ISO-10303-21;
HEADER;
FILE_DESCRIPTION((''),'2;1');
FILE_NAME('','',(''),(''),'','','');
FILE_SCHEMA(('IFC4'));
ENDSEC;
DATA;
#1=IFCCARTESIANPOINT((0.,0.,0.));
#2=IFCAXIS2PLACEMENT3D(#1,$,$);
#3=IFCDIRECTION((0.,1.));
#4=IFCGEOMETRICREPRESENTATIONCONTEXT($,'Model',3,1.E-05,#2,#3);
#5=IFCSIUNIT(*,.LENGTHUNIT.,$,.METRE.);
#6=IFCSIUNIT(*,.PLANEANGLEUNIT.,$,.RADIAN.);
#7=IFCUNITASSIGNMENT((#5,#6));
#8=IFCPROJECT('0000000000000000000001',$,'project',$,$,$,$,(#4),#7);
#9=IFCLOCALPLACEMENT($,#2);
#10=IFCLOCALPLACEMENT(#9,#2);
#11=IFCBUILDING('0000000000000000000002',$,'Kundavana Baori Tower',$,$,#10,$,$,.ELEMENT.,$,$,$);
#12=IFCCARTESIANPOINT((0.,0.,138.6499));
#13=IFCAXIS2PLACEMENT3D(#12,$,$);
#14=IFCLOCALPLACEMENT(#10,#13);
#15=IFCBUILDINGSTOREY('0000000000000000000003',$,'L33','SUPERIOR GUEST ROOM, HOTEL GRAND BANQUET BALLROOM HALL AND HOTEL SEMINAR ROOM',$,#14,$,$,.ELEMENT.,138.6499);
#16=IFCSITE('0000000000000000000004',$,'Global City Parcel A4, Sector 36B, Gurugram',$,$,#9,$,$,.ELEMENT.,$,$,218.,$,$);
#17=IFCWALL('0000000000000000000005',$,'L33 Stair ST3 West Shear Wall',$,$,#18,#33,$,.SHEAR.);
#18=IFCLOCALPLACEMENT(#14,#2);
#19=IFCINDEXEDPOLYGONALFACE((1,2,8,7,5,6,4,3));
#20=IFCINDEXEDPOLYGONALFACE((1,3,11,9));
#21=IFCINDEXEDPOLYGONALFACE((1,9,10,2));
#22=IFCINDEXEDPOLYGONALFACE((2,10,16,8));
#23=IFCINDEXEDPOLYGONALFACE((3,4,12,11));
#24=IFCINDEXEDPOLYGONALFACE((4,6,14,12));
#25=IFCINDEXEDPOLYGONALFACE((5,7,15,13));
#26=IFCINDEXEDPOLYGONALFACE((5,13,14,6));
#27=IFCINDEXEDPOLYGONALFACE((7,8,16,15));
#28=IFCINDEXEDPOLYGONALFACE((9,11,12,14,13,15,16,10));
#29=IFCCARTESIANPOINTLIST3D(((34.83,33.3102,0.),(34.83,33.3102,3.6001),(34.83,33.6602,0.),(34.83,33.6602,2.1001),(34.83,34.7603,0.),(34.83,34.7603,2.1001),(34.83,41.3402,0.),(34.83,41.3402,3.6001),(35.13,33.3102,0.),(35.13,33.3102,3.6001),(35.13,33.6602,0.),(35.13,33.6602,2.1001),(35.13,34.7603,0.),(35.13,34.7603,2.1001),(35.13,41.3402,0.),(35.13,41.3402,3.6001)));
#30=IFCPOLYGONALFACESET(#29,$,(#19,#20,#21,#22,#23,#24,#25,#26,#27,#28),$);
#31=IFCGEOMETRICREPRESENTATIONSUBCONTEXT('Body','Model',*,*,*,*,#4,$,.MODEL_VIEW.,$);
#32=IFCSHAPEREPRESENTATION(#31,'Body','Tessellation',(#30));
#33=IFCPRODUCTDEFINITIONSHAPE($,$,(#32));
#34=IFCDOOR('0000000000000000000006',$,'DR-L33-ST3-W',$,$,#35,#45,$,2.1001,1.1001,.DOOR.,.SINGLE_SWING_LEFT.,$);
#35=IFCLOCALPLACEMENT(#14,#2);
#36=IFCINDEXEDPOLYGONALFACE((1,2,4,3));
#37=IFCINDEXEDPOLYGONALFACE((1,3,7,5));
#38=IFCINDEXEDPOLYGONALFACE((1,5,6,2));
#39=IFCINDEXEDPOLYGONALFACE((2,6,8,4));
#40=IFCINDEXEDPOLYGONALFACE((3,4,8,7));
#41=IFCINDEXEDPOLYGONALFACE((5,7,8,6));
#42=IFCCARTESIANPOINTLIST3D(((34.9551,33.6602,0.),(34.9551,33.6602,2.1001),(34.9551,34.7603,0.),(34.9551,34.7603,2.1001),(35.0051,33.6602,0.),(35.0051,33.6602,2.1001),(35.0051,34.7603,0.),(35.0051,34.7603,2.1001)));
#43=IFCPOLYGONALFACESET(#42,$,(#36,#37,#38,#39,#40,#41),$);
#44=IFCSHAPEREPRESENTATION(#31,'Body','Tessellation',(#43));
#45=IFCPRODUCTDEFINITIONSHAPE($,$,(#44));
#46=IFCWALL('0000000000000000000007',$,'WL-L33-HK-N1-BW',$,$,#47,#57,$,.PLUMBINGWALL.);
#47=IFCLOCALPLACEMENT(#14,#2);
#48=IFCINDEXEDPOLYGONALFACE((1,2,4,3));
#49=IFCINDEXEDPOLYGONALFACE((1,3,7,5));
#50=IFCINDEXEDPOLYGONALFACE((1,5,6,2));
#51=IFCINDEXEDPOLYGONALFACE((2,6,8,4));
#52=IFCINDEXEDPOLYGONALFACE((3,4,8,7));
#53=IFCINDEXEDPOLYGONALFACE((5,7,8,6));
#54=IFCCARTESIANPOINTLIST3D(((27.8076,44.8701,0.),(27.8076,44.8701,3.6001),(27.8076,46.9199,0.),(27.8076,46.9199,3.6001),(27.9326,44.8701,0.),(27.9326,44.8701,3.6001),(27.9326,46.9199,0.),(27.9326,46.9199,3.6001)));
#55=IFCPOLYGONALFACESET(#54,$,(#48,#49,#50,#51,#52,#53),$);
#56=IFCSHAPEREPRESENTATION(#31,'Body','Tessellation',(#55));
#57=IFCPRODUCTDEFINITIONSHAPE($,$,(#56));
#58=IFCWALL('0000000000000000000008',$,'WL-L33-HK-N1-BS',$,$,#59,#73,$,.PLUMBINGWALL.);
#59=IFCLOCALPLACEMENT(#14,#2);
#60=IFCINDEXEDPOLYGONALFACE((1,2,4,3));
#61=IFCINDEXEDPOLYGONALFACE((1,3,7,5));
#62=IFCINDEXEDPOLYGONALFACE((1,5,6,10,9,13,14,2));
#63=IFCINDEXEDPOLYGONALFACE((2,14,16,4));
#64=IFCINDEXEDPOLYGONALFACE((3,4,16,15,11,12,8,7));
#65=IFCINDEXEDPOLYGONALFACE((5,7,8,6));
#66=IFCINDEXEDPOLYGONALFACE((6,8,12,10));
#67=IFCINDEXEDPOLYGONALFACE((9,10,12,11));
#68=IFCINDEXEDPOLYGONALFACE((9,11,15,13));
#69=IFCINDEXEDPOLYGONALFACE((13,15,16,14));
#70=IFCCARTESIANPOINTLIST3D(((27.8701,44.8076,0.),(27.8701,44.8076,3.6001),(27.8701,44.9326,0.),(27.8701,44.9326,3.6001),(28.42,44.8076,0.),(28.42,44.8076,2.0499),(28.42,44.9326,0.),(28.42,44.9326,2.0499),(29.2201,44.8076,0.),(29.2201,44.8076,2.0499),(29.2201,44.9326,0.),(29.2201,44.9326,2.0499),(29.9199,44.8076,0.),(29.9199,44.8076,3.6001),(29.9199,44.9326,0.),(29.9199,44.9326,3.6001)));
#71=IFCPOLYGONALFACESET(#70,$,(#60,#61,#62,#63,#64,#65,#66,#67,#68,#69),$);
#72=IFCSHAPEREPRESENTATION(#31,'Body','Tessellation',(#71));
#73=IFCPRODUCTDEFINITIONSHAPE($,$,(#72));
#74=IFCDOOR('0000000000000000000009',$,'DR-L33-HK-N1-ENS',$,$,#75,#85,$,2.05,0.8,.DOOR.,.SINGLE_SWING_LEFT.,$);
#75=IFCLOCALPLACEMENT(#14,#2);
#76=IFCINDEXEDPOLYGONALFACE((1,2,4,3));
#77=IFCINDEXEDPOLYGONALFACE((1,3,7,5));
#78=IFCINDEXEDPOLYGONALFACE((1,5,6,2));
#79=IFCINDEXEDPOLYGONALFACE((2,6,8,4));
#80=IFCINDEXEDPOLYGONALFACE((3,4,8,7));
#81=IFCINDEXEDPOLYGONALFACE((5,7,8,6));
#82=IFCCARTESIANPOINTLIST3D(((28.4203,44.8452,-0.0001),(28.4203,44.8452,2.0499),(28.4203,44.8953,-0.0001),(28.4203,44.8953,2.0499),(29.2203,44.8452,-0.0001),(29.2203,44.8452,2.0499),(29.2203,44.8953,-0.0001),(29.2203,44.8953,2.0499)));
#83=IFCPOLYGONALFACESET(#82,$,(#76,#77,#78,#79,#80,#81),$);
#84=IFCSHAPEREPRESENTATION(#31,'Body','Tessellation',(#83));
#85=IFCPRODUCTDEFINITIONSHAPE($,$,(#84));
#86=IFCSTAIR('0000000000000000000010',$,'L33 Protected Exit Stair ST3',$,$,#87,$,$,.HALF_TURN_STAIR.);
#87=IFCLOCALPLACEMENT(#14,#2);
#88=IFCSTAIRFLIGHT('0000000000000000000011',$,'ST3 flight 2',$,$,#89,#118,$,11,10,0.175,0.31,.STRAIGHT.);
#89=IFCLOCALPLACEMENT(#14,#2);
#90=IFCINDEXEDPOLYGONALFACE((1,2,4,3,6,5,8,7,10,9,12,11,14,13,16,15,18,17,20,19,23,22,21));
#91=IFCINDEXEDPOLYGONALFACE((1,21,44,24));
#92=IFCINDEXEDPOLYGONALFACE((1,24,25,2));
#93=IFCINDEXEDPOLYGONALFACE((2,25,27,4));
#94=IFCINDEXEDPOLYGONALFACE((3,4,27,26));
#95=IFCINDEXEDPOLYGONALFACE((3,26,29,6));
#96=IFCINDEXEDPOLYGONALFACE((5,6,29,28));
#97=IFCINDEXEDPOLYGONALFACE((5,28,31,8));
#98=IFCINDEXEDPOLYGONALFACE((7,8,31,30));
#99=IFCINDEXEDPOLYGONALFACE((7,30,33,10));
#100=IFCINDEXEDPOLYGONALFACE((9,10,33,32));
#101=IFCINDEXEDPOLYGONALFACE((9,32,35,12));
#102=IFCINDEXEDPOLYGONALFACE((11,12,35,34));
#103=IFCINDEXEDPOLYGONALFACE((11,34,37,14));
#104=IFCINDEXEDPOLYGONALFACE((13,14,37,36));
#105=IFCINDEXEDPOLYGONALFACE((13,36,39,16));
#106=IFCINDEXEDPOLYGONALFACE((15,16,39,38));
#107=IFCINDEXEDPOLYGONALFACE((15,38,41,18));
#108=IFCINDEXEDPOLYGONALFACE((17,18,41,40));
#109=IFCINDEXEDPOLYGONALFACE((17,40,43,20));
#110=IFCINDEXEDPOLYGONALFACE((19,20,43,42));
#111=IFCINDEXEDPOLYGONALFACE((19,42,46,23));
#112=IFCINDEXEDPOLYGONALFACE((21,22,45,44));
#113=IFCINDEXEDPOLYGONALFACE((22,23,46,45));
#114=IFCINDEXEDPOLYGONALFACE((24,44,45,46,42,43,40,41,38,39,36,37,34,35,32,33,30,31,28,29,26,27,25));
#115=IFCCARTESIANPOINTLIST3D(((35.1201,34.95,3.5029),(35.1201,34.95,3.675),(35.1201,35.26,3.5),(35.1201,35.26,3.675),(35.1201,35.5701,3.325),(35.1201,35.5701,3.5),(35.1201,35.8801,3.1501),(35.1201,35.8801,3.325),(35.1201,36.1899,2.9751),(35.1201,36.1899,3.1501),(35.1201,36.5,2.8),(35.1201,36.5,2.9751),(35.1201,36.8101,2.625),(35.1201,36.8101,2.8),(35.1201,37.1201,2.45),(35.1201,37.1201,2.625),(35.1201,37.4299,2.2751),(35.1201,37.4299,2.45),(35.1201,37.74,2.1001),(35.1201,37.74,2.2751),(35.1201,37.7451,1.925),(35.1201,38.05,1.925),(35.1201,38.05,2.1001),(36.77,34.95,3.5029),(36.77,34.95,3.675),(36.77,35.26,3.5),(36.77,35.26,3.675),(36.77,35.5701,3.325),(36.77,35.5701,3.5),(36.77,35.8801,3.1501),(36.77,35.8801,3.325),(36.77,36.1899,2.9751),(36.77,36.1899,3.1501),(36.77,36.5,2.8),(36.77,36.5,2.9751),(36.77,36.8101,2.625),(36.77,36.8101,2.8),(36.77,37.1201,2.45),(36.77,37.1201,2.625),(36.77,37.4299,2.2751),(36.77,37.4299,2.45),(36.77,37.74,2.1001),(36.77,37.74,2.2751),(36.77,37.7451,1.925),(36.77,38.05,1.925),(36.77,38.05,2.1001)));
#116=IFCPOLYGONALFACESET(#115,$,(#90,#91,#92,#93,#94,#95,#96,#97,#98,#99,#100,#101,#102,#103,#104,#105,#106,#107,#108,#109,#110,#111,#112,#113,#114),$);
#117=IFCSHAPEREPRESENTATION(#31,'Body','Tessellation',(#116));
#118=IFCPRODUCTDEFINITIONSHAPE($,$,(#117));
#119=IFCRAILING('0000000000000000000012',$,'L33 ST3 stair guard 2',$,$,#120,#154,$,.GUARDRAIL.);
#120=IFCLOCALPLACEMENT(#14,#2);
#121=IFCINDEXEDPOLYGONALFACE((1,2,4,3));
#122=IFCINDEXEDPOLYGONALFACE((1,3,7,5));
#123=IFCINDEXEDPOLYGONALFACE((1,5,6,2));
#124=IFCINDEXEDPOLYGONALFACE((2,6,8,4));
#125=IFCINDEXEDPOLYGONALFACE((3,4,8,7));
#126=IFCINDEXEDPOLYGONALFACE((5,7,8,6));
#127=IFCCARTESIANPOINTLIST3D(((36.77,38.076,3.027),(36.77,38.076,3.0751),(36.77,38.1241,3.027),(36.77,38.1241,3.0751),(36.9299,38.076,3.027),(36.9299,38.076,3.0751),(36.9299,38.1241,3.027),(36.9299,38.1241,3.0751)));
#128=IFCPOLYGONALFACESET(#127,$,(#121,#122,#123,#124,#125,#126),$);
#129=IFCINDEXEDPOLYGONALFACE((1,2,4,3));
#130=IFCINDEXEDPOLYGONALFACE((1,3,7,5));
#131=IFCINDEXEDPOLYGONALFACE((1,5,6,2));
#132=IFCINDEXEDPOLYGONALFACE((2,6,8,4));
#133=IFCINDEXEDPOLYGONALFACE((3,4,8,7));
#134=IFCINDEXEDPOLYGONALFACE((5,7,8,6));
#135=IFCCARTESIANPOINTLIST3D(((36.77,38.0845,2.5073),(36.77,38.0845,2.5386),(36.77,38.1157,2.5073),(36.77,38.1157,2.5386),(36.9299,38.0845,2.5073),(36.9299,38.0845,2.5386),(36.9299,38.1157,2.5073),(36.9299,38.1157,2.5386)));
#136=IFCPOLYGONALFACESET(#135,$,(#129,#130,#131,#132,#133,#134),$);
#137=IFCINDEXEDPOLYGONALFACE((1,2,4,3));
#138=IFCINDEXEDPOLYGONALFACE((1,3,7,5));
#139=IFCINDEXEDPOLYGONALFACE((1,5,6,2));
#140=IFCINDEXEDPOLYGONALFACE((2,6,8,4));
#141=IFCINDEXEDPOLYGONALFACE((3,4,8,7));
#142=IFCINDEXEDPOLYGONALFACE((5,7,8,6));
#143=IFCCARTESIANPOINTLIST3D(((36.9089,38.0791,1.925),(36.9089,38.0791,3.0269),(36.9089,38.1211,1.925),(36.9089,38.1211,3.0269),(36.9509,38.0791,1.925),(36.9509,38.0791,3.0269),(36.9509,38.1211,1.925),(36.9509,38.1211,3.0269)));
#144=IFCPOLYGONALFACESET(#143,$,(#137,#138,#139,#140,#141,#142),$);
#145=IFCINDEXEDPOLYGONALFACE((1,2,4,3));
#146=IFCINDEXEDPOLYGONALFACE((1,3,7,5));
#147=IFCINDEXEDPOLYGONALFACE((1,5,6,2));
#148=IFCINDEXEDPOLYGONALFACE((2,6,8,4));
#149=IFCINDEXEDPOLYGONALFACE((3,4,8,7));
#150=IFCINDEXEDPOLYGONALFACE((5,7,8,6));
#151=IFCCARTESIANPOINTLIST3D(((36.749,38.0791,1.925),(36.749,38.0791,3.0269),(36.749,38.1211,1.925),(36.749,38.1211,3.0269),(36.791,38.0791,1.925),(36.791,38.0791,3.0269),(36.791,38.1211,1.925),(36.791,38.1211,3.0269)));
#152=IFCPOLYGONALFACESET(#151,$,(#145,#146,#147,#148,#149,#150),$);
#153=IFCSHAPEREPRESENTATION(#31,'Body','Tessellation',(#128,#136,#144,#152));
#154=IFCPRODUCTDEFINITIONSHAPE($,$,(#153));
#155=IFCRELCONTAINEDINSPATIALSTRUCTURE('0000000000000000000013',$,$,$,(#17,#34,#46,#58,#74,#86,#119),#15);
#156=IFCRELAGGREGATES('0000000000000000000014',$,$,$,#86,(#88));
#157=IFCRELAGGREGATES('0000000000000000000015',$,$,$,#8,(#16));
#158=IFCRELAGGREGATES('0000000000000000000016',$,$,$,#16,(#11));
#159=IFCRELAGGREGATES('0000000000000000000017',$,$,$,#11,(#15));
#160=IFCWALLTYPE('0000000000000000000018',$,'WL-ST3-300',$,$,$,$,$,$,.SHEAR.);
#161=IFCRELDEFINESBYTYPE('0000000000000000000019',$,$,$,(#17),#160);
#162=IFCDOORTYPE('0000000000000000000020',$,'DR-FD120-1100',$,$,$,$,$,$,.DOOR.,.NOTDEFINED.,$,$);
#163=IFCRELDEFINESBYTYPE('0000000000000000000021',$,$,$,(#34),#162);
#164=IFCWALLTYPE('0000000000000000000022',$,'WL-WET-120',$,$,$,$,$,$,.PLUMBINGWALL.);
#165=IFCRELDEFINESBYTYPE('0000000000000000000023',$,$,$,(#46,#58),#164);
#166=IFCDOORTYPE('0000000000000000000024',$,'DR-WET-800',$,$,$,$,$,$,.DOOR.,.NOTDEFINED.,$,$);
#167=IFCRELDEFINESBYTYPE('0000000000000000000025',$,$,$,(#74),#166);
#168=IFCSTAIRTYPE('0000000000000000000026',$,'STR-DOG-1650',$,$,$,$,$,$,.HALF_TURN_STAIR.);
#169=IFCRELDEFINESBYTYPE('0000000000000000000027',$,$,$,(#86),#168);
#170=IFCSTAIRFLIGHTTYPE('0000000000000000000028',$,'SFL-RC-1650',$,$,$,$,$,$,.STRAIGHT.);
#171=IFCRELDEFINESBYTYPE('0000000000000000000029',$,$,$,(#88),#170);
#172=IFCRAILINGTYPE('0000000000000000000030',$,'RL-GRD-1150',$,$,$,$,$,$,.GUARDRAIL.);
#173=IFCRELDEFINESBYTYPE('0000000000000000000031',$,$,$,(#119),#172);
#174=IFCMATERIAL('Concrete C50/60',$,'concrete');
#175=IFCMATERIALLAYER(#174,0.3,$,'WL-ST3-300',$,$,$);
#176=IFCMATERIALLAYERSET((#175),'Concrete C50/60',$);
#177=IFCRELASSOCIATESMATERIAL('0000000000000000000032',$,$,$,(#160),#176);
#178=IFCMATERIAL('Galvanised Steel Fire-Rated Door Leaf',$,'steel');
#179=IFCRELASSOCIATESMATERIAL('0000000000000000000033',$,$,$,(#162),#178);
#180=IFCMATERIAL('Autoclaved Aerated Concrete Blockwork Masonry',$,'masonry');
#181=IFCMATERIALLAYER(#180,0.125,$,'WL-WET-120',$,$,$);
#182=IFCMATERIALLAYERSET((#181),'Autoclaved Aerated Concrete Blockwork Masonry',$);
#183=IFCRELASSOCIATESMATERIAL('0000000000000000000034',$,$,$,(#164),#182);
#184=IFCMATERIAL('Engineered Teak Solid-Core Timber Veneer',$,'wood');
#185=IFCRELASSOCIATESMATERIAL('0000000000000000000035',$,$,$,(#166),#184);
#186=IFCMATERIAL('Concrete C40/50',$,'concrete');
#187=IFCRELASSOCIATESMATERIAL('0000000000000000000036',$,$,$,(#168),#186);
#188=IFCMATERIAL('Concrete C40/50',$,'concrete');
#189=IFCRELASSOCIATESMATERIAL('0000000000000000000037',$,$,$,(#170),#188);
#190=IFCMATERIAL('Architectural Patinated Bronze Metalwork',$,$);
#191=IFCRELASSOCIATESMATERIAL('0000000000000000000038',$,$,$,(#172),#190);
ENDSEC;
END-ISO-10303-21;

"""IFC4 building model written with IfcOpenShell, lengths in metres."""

from ifc_helpers import new_model, si_unit, direction, frame, frame_2d, origin, origin_2d, place, context, subcontext, project, spatial, polyline, rectangle, outline, extrude, material, layer, layer_set, type_object, element, fill, aggregate, save


model = new_model("IFC4")

# Units and contexts
model_context = context("Model", 3, precision=1e-05, world=origin(), true_north=direction((0.0, 1.0)))
body_context = subcontext(model_context, "Body", "Model", "MODEL_VIEW")
ifc_project = project(units=[si_unit("LENGTHUNIT", "METRE"), si_unit("PLANEANGLEUNIT", "RADIAN")], contexts=[model_context])

# Site, building, storey
site_placement = place(None, origin())
site = spatial("IfcSite", under=ifc_project, at=site_placement, Name="Global City Parcel A4, Sector 36B, Gurugram", CompositionType="ELEMENT", RefElevation=218.0)
building_placement = place(site_placement, origin())
building = spatial("IfcBuilding", under=site, at=building_placement, Name="Kundavana Baori Tower", CompositionType="ELEMENT")
storey_placement = place(building_placement, frame((0.0, 0.0, 138.6499)))
storey = spatial("IfcBuildingStorey", under=building, at=storey_placement, Name="L33", Description="SUPERIOR GUEST ROOM, HOTEL GRAND BANQUET BALLROOM HALL AND HOTEL SEMINAR ROOM", CompositionType="ELEMENT", Elevation=138.6499)

# Shared definitions
ifc_material_1 = material(Name="Concrete C50/60", Category="concrete")
ifc_layer_1 = layer(ifc_material_1, 0.3, Name="WL-ST3-300")
ifc_layer_set_1 = layer_set([ifc_layer_1], Name="Concrete C50/60")
wall_type_1 = type_object("IfcWallType", Name="WL-ST3-300", PredefinedType="SHEAR", material=ifc_layer_set_1)

# Wall, opening, door
wall_1_placement = place(storey_placement, frame((34.98, 33.3101, 0.0), z_axis=(0.0, 0.0, 1.0), x_axis=(0.0, 1.0, 0.0)))
wall_1 = element("IfcWall", 1, at=wall_1_placement, inside=storey, type_object=wall_type_1, Name="L33 Stair ST3 West Shear Wall", PredefinedType="SHEAR", context=body_context, shape_type="SweptSolid", body=[
    extrude(rectangle(XDim=8.03, YDim=0.3, at=frame_2d((4.0151, 0.0))), origin(), (0.0, 0.0, 1.0), 3.6001),
])
opening_1_placement = place(wall_1_placement, frame((0.3501, 0.0, 0.0)))
opening_1 = element("IfcOpeningElement", 2, at=opening_1_placement, cuts=wall_1, PredefinedType="OPENING", context=body_context, shape_type="SweptSolid", body=[
    extrude(rectangle(XDim=1.1001, YDim=2.1001, at=frame_2d((0.55, 1.05))), frame((0.0, 0.1602, 0.0), z_axis=(0.0, -1.0, 0.0), x_axis=(1.0, 0.0, 0.0)), (0.0, 0.0, 1.0), 0.3201),
])
ifc_material_2 = material(Name="Galvanised Steel Fire-Rated Door Leaf", Category="steel")
door_type_1 = type_object("IfcDoorType", Name="DR-FD120-1100", OperationType="NOTDEFINED", PredefinedType="DOOR", material=ifc_material_2)
door_1_placement = place(opening_1_placement, origin())
door_1 = element("IfcDoor", 3, at=door_1_placement, inside=storey, type_object=door_type_1, Name="DR-L33-ST3-W", OperationType="SINGLE_SWING_LEFT", OverallHeight=2.1001, OverallWidth=1.1001, PredefinedType="DOOR", context=body_context, shape_type="SweptSolid", body=[
    extrude(rectangle(XDim=1.1001, YDim=2.1001, at=frame_2d((0.55, 1.05))), frame((0.0, 0.0249, 0.0), z_axis=(0.0, -1.0, 0.0), x_axis=(1.0, 0.0, 0.0)), (0.0, 0.0, 1.0), 0.05),
])
fill(opening_1, door_1)

# Wall
ifc_material_3 = material(Name="Autoclaved Aerated Concrete Blockwork Masonry", Category="masonry")
ifc_layer_2 = layer(ifc_material_3, 0.125, Name="WL-WET-120")
ifc_layer_set_2 = layer_set([ifc_layer_2], Name="Autoclaved Aerated Concrete Blockwork Masonry")
wall_type_2 = type_object("IfcWallType", Name="WL-WET-120", PredefinedType="PLUMBINGWALL", material=ifc_layer_set_2)
wall_2_placement = place(storey_placement, frame((27.8701, 44.8701, 0.0), z_axis=(0.0, 0.0, 1.0), x_axis=(0.0, 1.0, 0.0)))
element("IfcWall", 4, at=wall_2_placement, inside=storey, type_object=wall_type_2, Name="WL-L33-HK-N1-BW", PredefinedType="PLUMBINGWALL", context=body_context, shape_type="SweptSolid", body=[
    extrude(rectangle(XDim=2.0498, YDim=0.125, at=frame_2d((1.0249, 0.0))), origin(), (0.0, 0.0, 1.0), 3.6001),
])

# Wall, opening, door
wall_3_placement = place(storey_placement, frame((27.8701, 44.8701, 0.0), z_axis=(0.0, 0.0, 1.0), x_axis=(1.0, 0.0, 0.0)))
wall_3 = element("IfcWall", 5, at=wall_3_placement, inside=storey, type_object=wall_type_2, Name="WL-L33-HK-N1-BS", PredefinedType="PLUMBINGWALL", context=body_context, shape_type="SweptSolid", body=[
    extrude(rectangle(XDim=2.0498, YDim=0.125, at=frame_2d((1.0249, 0.0))), origin(), (0.0, 0.0, 1.0), 3.6001),
])
opening_2_placement = place(wall_3_placement, frame((0.55, 0.0, 0.0)))
opening_2 = element("IfcOpeningElement", 6, at=opening_2_placement, cuts=wall_3, PredefinedType="OPENING", context=body_context, shape_type="SweptSolid", body=[
    extrude(rectangle(XDim=0.8, YDim=2.05, at=frame_2d((0.3999, 1.0249))), frame((0.0, 0.0725, 0.0), z_axis=(0.0, -1.0, 0.0), x_axis=(1.0, 0.0, 0.0)), (0.0, 0.0, 1.0), 0.145),
])
ifc_material_4 = material(Name="Engineered Teak Solid-Core Timber Veneer", Category="wood")
door_type_2 = type_object("IfcDoorType", Name="DR-WET-800", OperationType="NOTDEFINED", PredefinedType="DOOR", material=ifc_material_4)
door_2_placement = place(opening_2_placement, frame((0.8, 0.0, 0.0), z_axis=(0.0, 0.0, 1.0), x_axis=(-1.0, 0.0, 0.0)))
door_2 = element("IfcDoor", 7, at=door_2_placement, inside=storey, type_object=door_type_2, Name="DR-L33-HK-N1-ENS", OperationType="SINGLE_SWING_LEFT", OverallHeight=2.05, OverallWidth=0.8, PredefinedType="DOOR", context=body_context, shape_type="SweptSolid", body=[
    extrude(rectangle(XDim=0.8, YDim=2.05, at=frame_2d((0.3999, 1.0249))), frame((0.0, 0.0249, 0.0), z_axis=(0.0, -1.0, 0.0), x_axis=(1.0, 0.0, 0.0)), (0.0, 0.0, 1.0), 0.05),
])
fill(opening_2, door_2)

# Stair, stair flight
ifc_material_5 = material(Name="Concrete C40/50", Category="concrete")
stair_type = type_object("IfcStairType", Name="STR-DOG-1650", PredefinedType="HALF_TURN_STAIR", material=ifc_material_5)
stair_placement = place(storey_placement, origin())
stair = element("IfcStair", 8, at=stair_placement, inside=storey, type_object=stair_type, Name="L33 Protected Exit Stair ST3", PredefinedType="HALF_TURN_STAIR")
ifc_material_6 = material(Name="Concrete C40/50", Category="concrete")
stair_flight_type = type_object("IfcStairFlightType", Name="SFL-RC-1650", PredefinedType="STRAIGHT", material=ifc_material_6)
stair_flight_placement = place(storey_placement, frame((35.9451, 38.05, 1.925), z_axis=(0.0, 0.0, 1.0), x_axis=(0.0, -1.0, 0.0)))
stair_flight = element("IfcStairFlight", 9, at=stair_flight_placement, type_object=stair_flight_type, Name="ST3 flight 2", NumberOfRisers=11, NumberOfTreads=10, PredefinedType="STRAIGHT", RiserHeight=0.175, TreadLength=0.31, context=body_context, shape_type="SweptSolid", body=[
    extrude(outline(polyline([(0.0, 0.0), (0.0, 0.175), (0.3101, 0.175), (0.3101, 0.3501), (0.6201, 0.3501), (0.6201, 0.5249), (0.9299, 0.5249), (0.9299, 0.7), (1.24, 0.7), (1.24, 0.875), (1.55, 0.875), (1.55, 1.05), (1.8601, 1.05), (1.8601, 1.2251), (2.1699, 1.2251), (2.1699, 1.3999), (2.48, 1.3999), (2.48, 1.575), (2.79, 1.575), (2.79, 1.75), (3.1001, 1.75), (3.1001, 1.925), (3.1001, 1.5779), (0.3049, 0.0), (0.0, 0.0)])), frame((0.0, 0.825, 0.0), z_axis=(0.0, -1.0, 0.0), x_axis=(1.0, 0.0, 0.0)), (0.0, 0.0, 1.0), 1.6499),
])
aggregate(stair, [stair_flight])

# Railing
ifc_material_7 = material(Name="Architectural Patinated Bronze Metalwork")
railing_type_1 = type_object("IfcRailingType", Name="RL-GRD-1150", PredefinedType="GUARDRAIL", material=ifc_material_7)
railing_1_placement = place(storey_placement, frame((36.9299, 38.1001, 1.925)))
element("IfcRailing", 10, at=railing_1_placement, inside=storey, type_object=railing_type_1, Name="L33 ST3 stair guard 2", PredefinedType="GUARDRAIL", context=body_context, shape_type="SweptSolid", body=[
    extrude(rectangle(XDim=0.0481, YDim=0.0481, at=origin_2d()), frame((0.0, 0.0, 1.126), z_axis=(-1.0, 0.0, 0.0), x_axis=(0.0, -1.0, 0.0)), (0.0, 0.0, 1.0), 0.1599),
    extrude(rectangle(XDim=0.0312, YDim=0.0312, at=origin_2d()), frame((0.0, 0.0, 0.5979), z_axis=(-1.0, 0.0, 0.0), x_axis=(0.0, -1.0, 0.0)), (0.0, 0.0, 1.0), 0.1599),
    extrude(rectangle(XDim=0.042, YDim=0.042, at=origin_2d()), origin(), (0.0, 0.0, 1.0), 1.1018),
    extrude(rectangle(XDim=0.042, YDim=0.042, at=origin_2d()), frame((-0.1599, 0.0, 0.0)), (0.0, 0.0, 1.0), 1.1018),
])

save(model, "model.ifc")
